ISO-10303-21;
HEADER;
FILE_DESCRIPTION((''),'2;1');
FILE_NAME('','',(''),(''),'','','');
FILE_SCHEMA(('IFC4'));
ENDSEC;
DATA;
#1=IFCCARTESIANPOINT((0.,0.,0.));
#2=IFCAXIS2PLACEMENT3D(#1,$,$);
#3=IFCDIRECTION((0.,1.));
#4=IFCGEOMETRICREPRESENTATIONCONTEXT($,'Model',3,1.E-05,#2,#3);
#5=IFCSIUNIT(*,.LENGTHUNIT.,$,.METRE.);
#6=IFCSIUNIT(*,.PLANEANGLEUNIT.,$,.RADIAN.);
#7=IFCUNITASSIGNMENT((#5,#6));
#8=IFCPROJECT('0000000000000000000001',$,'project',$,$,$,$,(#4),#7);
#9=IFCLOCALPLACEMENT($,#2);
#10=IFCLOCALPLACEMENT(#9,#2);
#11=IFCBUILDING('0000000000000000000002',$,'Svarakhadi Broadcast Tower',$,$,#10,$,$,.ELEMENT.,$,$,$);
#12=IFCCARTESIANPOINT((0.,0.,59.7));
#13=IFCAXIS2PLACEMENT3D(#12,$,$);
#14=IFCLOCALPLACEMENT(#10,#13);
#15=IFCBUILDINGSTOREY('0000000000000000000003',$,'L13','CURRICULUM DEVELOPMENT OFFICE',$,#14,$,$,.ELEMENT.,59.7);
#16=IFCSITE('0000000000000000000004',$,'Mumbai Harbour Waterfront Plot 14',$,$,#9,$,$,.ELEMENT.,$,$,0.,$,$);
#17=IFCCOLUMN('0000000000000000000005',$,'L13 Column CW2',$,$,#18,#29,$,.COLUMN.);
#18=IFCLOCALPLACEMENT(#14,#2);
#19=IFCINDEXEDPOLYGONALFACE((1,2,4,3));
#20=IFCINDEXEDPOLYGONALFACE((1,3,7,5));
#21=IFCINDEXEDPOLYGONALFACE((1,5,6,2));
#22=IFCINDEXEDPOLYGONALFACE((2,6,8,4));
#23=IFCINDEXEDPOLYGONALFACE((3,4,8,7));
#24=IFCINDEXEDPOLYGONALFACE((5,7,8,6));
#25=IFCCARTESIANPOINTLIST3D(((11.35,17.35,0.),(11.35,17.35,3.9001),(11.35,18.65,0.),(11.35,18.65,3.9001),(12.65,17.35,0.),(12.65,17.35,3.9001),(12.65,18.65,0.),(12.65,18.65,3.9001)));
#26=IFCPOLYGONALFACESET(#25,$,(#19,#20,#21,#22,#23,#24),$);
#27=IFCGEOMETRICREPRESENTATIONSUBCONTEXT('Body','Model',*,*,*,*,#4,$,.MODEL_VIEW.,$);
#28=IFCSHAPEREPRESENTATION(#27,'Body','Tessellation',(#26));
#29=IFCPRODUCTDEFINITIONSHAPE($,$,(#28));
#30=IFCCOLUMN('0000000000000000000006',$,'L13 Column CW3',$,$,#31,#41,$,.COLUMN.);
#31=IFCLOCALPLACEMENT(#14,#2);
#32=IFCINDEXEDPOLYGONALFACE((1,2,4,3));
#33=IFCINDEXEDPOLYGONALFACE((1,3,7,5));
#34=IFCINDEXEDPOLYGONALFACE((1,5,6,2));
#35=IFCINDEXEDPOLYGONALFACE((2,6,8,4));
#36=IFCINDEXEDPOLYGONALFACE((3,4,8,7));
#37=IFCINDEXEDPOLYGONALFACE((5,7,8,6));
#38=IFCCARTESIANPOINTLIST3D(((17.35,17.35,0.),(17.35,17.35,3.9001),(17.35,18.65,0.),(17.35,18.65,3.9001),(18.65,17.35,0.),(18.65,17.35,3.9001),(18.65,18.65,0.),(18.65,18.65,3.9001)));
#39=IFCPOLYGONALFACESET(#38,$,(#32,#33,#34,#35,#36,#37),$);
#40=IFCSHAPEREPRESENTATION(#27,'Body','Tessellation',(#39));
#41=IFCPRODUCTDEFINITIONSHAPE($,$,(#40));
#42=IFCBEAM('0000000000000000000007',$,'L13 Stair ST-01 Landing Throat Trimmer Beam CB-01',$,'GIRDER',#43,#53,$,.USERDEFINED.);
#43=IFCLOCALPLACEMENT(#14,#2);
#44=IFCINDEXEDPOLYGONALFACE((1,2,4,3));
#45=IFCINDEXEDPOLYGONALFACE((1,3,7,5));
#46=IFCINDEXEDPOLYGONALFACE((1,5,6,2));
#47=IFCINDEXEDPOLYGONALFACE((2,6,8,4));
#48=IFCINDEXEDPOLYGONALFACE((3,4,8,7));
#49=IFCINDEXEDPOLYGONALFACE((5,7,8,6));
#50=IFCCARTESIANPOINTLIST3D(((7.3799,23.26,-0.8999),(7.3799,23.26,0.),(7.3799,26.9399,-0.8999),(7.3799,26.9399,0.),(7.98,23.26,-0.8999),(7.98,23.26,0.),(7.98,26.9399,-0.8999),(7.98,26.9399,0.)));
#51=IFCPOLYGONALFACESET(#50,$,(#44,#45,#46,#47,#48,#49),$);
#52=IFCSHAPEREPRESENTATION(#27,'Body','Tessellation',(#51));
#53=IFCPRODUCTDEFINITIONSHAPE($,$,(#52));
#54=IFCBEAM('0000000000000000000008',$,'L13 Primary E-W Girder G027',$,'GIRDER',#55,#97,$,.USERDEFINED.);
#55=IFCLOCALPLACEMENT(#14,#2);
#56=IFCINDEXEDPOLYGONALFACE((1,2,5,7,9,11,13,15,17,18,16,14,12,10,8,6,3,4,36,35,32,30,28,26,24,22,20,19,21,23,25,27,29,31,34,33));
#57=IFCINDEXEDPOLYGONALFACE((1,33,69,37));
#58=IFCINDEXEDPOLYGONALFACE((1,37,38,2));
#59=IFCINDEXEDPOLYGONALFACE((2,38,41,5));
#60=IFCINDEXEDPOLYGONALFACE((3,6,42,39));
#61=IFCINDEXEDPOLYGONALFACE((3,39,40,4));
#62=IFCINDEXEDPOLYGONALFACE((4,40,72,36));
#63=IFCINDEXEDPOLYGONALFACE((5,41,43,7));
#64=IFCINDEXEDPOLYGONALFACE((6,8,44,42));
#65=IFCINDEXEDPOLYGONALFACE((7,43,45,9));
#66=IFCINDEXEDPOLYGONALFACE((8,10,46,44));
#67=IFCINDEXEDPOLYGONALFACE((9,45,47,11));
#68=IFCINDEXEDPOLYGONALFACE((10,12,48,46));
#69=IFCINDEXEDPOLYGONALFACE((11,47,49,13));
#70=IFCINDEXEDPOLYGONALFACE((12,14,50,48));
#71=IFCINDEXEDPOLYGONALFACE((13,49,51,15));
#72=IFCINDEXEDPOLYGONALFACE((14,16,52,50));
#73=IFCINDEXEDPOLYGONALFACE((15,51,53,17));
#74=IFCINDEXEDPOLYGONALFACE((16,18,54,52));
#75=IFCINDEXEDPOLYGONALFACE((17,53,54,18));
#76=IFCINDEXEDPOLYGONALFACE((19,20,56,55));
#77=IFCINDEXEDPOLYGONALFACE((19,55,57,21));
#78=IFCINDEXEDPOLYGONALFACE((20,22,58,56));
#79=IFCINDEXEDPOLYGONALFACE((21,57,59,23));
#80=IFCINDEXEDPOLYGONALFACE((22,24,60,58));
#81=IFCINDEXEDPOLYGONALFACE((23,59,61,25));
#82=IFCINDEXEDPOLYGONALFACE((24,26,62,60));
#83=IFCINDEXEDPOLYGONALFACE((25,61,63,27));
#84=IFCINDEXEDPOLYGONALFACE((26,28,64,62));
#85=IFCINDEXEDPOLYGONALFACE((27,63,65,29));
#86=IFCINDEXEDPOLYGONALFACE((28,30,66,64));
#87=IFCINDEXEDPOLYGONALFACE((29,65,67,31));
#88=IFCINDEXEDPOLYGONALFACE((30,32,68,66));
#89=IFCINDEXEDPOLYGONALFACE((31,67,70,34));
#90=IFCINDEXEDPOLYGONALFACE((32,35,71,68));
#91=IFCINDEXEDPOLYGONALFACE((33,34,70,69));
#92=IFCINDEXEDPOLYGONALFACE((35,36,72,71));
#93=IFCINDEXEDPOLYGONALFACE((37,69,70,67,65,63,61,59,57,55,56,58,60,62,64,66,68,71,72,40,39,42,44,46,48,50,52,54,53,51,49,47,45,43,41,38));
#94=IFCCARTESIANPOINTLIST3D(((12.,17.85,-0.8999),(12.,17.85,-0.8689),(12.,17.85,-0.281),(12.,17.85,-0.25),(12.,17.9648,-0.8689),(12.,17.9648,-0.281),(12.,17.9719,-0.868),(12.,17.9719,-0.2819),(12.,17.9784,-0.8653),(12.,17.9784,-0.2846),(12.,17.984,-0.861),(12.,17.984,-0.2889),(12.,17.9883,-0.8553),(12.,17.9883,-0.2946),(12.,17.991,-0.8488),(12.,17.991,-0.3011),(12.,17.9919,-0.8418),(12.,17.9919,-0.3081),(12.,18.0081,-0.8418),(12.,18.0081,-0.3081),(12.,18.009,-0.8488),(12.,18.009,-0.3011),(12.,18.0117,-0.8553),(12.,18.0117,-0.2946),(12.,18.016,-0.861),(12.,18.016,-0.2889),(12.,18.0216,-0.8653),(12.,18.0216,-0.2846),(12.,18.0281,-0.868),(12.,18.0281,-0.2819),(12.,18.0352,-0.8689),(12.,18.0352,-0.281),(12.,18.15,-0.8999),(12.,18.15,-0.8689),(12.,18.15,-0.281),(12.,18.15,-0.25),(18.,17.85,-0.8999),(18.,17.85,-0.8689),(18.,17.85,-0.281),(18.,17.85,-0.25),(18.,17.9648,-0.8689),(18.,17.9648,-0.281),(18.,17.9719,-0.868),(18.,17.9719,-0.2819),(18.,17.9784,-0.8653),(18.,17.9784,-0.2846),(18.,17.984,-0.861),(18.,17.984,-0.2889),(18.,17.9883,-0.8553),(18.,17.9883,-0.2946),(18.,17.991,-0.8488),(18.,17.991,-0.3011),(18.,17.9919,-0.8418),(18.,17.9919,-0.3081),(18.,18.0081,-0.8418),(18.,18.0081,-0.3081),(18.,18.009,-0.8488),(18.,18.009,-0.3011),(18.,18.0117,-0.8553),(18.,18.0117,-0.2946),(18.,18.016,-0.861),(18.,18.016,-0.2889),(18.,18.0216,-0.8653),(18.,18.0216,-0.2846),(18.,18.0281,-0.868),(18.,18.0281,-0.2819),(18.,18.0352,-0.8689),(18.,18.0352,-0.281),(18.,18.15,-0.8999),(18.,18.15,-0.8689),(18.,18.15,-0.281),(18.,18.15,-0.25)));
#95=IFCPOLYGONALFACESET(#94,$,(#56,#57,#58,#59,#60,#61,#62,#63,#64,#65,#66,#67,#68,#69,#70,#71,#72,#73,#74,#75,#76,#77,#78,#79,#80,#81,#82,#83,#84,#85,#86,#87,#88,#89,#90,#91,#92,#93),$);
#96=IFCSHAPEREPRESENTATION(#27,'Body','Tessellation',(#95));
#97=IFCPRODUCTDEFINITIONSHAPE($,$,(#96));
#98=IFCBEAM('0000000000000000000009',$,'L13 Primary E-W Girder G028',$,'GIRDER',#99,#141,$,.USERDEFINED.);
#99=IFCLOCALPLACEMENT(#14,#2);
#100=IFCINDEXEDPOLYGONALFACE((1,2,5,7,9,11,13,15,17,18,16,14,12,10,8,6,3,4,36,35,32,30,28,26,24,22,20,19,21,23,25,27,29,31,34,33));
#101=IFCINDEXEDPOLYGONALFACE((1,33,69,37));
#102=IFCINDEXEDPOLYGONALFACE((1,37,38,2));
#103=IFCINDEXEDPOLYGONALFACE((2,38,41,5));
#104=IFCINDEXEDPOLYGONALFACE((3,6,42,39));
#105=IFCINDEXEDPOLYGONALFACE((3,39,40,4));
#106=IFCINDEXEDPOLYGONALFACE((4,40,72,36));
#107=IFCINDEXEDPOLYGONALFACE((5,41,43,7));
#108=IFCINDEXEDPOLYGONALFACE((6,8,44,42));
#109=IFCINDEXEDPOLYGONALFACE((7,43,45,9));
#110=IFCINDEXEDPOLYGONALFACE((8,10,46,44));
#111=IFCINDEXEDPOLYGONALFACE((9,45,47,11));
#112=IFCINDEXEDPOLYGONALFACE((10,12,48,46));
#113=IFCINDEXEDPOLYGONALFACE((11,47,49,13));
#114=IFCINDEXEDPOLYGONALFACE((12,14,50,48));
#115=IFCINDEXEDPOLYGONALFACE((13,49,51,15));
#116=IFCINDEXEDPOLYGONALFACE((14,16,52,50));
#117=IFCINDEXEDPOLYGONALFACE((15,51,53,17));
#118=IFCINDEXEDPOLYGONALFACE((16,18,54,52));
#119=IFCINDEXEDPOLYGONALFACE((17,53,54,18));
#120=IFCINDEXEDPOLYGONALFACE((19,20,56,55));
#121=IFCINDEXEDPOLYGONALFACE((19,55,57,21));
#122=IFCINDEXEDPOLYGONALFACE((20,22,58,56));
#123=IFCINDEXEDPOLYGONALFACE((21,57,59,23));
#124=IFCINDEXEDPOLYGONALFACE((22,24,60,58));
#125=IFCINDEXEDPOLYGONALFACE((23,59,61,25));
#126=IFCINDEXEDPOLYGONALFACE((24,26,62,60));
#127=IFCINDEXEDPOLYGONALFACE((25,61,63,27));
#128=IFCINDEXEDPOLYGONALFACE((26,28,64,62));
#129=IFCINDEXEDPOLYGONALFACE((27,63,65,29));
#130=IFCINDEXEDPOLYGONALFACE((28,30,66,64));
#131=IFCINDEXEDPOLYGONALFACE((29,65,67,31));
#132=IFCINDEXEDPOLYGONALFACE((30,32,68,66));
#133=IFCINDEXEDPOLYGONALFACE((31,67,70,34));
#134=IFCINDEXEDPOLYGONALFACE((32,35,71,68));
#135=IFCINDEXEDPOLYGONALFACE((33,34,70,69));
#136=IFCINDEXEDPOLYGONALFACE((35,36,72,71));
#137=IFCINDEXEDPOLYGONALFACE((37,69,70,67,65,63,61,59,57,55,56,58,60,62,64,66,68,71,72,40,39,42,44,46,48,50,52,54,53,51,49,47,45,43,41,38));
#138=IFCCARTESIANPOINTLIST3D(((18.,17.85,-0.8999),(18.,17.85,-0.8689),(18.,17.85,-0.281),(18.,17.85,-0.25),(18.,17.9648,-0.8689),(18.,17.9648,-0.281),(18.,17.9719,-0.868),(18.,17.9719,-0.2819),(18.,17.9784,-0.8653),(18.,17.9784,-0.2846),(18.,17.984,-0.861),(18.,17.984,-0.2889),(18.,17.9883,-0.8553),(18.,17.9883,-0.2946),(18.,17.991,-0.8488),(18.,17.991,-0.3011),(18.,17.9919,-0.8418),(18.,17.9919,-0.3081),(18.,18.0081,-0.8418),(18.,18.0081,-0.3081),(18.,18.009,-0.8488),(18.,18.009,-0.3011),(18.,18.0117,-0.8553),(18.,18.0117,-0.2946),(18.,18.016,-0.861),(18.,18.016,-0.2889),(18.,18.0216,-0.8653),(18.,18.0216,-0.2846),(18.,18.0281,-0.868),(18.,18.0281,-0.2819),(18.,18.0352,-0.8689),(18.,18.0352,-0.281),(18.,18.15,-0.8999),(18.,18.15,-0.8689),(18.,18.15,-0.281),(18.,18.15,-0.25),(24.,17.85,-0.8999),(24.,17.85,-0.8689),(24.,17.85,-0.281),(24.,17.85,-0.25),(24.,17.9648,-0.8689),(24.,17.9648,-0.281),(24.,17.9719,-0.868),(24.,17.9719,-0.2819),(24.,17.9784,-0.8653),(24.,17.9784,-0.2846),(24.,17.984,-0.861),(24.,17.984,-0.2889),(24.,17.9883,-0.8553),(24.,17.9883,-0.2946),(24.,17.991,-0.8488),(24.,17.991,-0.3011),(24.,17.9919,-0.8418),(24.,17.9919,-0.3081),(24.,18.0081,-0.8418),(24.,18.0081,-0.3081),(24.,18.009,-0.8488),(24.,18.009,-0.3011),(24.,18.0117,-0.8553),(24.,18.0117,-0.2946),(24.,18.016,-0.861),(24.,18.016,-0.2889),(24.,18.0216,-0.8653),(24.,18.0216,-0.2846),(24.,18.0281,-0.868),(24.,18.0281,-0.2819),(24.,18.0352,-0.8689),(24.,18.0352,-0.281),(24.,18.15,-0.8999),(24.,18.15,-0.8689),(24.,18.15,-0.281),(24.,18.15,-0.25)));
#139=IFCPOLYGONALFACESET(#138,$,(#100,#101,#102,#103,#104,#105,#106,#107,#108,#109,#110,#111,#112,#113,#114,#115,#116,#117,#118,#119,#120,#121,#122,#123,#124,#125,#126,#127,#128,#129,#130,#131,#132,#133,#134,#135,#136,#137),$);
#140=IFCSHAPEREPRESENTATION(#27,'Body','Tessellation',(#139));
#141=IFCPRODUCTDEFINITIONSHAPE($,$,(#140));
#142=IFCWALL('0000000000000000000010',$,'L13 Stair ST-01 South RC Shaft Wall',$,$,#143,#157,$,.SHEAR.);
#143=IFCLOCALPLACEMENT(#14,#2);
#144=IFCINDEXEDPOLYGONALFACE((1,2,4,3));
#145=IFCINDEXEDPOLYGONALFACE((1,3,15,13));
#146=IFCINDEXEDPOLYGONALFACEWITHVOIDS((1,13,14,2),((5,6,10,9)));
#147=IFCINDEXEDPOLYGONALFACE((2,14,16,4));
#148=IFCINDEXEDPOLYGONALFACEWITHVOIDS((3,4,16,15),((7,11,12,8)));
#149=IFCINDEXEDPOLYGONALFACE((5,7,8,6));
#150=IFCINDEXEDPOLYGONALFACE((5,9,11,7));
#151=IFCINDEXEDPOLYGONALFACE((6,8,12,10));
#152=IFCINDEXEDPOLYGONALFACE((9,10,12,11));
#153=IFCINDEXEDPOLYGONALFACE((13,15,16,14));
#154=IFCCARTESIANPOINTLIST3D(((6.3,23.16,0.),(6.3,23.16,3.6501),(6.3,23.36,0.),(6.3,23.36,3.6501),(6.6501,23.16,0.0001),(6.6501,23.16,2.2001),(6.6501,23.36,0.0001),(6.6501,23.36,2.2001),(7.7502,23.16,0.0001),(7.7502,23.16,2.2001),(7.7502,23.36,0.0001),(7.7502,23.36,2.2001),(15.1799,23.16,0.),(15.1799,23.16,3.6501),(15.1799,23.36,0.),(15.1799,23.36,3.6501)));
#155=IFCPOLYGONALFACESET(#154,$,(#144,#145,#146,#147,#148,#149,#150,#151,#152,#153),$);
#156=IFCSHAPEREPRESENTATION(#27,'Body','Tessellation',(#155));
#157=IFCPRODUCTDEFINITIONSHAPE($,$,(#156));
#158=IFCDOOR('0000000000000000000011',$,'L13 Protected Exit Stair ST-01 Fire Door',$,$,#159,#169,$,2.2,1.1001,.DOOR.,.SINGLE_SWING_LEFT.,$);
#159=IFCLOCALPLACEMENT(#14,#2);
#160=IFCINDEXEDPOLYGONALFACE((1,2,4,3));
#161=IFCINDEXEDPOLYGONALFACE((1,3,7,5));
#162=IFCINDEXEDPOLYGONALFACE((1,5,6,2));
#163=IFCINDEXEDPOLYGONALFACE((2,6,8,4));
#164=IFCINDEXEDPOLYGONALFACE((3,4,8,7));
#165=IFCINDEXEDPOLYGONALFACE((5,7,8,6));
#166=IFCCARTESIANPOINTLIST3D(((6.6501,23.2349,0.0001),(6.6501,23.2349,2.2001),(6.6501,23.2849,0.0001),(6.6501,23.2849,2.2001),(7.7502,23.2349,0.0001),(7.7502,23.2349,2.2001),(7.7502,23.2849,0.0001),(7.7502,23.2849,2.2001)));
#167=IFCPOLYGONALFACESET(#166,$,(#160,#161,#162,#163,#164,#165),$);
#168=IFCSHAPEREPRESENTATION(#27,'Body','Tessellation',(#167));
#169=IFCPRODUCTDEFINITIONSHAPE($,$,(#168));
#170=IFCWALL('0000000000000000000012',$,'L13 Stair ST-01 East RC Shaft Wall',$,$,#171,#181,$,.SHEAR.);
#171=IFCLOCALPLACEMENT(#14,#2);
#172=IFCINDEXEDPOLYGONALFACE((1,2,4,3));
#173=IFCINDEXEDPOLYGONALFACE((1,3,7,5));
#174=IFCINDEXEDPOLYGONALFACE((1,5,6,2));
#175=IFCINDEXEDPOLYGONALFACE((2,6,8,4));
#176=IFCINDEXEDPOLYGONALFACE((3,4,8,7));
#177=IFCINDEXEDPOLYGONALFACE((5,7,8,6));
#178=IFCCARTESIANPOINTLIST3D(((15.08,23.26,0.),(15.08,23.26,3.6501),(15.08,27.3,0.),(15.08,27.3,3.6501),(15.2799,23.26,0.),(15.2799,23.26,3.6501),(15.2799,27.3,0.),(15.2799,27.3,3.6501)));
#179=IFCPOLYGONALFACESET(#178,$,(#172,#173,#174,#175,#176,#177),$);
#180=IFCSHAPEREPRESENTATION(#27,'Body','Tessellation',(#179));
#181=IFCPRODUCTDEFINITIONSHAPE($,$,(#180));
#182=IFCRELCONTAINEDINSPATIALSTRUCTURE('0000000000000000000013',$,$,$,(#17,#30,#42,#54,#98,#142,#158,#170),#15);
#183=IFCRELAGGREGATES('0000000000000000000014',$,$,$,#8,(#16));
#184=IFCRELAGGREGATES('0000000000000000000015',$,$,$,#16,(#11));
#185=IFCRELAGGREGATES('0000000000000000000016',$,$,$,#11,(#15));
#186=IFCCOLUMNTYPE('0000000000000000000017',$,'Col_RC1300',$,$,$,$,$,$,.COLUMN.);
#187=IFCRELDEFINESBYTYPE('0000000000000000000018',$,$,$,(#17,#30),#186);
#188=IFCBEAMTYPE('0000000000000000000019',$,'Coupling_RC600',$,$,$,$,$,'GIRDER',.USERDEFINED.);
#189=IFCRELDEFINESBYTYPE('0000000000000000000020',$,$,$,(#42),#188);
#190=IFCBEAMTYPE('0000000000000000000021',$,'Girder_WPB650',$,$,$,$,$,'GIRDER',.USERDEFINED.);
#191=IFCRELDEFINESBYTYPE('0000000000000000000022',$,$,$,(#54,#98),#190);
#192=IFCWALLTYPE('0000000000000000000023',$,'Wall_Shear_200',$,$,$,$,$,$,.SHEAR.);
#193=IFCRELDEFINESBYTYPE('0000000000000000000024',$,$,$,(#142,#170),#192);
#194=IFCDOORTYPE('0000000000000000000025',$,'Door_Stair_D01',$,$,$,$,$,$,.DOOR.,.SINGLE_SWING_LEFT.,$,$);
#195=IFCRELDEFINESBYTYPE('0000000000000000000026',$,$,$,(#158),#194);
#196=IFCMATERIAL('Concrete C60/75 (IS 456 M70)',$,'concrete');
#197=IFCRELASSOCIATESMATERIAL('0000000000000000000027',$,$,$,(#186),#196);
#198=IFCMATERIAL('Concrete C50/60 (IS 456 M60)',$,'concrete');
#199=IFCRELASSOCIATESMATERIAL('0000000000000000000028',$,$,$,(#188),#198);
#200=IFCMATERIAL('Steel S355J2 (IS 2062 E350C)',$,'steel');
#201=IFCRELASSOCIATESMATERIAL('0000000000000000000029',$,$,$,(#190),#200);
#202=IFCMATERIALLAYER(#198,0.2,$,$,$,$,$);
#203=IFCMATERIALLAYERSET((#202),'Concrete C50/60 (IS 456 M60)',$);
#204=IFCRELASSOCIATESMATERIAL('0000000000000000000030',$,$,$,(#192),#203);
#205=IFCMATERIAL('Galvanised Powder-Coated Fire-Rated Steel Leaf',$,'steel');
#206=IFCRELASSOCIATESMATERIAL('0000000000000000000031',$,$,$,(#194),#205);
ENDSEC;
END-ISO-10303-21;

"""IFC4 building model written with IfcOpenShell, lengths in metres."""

from ifc_helpers import new_model, si_unit, direction, frame, frame_2d, origin, origin_2d, place, context, subcontext, project, spatial, rectangle, i_section, extrude, material, layer, layer_set, material_profile, profile_set, type_object, element, fill, save


model = new_model("IFC4")

# Units and contexts
model_context = context("Model", 3, precision=1e-05, world=origin(), true_north=direction((0.0, 1.0)))
body_context = subcontext(model_context, "Body", "Model", "MODEL_VIEW")
ifc_project = project(units=[si_unit("LENGTHUNIT", "METRE"), si_unit("PLANEANGLEUNIT", "RADIAN")], contexts=[model_context])

# Site, building, storey
site_placement = place(None, origin())
site = spatial("IfcSite", under=ifc_project, at=site_placement, Name="Mumbai Harbour Waterfront Plot 14", CompositionType="ELEMENT", RefElevation=0.0)
building_placement = place(site_placement, origin())
building = spatial("IfcBuilding", under=site, at=building_placement, Name="Svarakhadi Broadcast Tower", CompositionType="ELEMENT")
storey_placement = place(building_placement, frame((0.0, 0.0, 59.7)))
storey = spatial("IfcBuildingStorey", under=building, at=storey_placement, Name="L13", Description="CURRICULUM DEVELOPMENT OFFICE", CompositionType="ELEMENT", Elevation=59.7)

# Columns
ifc_material_1 = material(Name="Concrete C60/75 (IS 456 M70)", Category="concrete")
ifc_material_profile_1 = material_profile(ifc_material_1, rectangle(XDim=1.3, YDim=1.3, at=origin_2d()), Name="RC 1300x1300")
ifc_profile_set_1 = profile_set([ifc_material_profile_1], Name="Concrete C60/75 (IS 456 M70)")
column_type = type_object("IfcColumnType", Name="Col_RC1300", PredefinedType="COLUMN", material=ifc_profile_set_1)
for number, where, z_axis, x_axis, name in (
    (1, (12.0, 18.0, 0.0), (0.0, 0.0, 1.0), (1.0, 0.0, 0.0), "L13 Column CW2"),
    (2, (18.0, 18.0, 0.0), (0.0, 0.0, 1.0), (1.0, 0.0, 0.0), "L13 Column CW3"),
):
    element("IfcColumn", number, at=place(storey_placement, frame(where, z_axis=z_axis, x_axis=x_axis)), inside=storey, type_object=column_type, Name=name, PredefinedType="COLUMN", context=body_context, shape_type="SweptSolid", body=[
        extrude(rectangle(XDim=1.3, YDim=1.3, at=origin_2d()), origin(), (0.0, 0.0, 1.0), 3.9001),
    ])

# Beams
ifc_material_2 = material(Name="Concrete C50/60 (IS 456 M60)", Category="concrete")
ifc_material_profile_2 = material_profile(ifc_material_2, rectangle(XDim=0.6001, YDim=0.8999, at=origin_2d()), Name="RC 600x900")
ifc_profile_set_2 = profile_set([ifc_material_profile_2], Name="Concrete C50/60 (IS 456 M60)")
beam_type_1 = type_object("IfcBeamType", Name="Coupling_RC600", ElementType="GIRDER", PredefinedType="USERDEFINED", material=ifc_profile_set_2)
beam_placement = place(storey_placement, frame((7.6799, 23.26, -0.45), z_axis=(0.0, 1.0, 0.0), x_axis=(-1.0, 0.0, 0.0)))
element("IfcBeam", 3, at=beam_placement, inside=storey, type_object=beam_type_1, Name="L13 Stair ST-01 Landing Throat Trimmer Beam CB-01", ObjectType="GIRDER", PredefinedType="USERDEFINED", context=body_context, shape_type="SweptSolid", body=[
    extrude(rectangle(XDim=0.6001, YDim=0.8999, at=origin_2d()), origin(), (0.0, 0.0, 1.0), 3.6799),
])
ifc_material_3 = material(Name="Steel S355J2 (IS 2062 E350C)", Category="steel")
ifc_material_profile_3 = material_profile(ifc_material_3, i_section(OverallWidth=0.3, OverallDepth=0.6499, WebThickness=0.0161, FlangeThickness=0.031, FilletRadius=0.0271, at=origin_2d()), Name="WPB 650x300x225")
ifc_profile_set_3 = profile_set([ifc_material_profile_3], Name="Steel S355J2 (IS 2062 E350C)")
beam_type_2 = type_object("IfcBeamType", Name="Girder_WPB650", ElementType="GIRDER", PredefinedType="USERDEFINED", material=ifc_profile_set_3)
for number, where, z_axis, x_axis, name in (
    (4, (12.0, 18.0, -0.575), (1.0, 0.0, 0.0), (0.0, 1.0, 0.0), "L13 Primary E-W Girder G027"),
    (5, (18.0, 18.0, -0.575), (1.0, 0.0, 0.0), (0.0, 1.0, 0.0), "L13 Primary E-W Girder G028"),
):
    element("IfcBeam", number, at=place(storey_placement, frame(where, z_axis=z_axis, x_axis=x_axis)), inside=storey, type_object=beam_type_2, Name=name, ObjectType="GIRDER", PredefinedType="USERDEFINED", context=body_context, shape_type="SweptSolid", body=[
        extrude(i_section(OverallWidth=0.3, OverallDepth=0.6499, WebThickness=0.0161, FlangeThickness=0.031, FilletRadius=0.0271, at=origin_2d()), origin(), (0.0, 0.0, 1.0), 6.0),
    ])

# Wall, opening, door
ifc_layer_1 = layer(ifc_material_2, 0.2)
ifc_layer_set_1 = layer_set([ifc_layer_1], Name="Concrete C50/60 (IS 456 M60)")
wall_type_1 = type_object("IfcWallType", Name="Wall_Shear_200", PredefinedType="SHEAR", material=ifc_layer_set_1)
wall_1_placement = place(storey_placement, frame((6.3, 23.26, 0.0), z_axis=(0.0, 0.0, 1.0), x_axis=(1.0, 0.0, 0.0)))
wall_1 = element("IfcWall", 6, at=wall_1_placement, inside=storey, type_object=wall_type_1, Name="L13 Stair ST-01 South RC Shaft Wall", PredefinedType="SHEAR", context=body_context, shape_type="SweptSolid", body=[
    extrude(rectangle(XDim=8.8799, YDim=0.2, at=frame_2d((4.4399, 0.0))), origin(), (0.0, 0.0, 1.0), 3.6501),
])
opening_1_placement = place(wall_1_placement, frame((0.3501, 0.0, 0.0)))
opening_1 = element("IfcOpeningElement", 7, at=opening_1_placement, cuts=wall_1, PredefinedType="OPENING", context=body_context, shape_type="SweptSolid", body=[
    extrude(rectangle(XDim=1.1001, YDim=2.2, at=frame_2d((0.55, 1.1001))), frame((0.0, 0.1099, 0.0), z_axis=(0.0, -1.0, 0.0), x_axis=(1.0, 0.0, 0.0)), (0.0, 0.0, 1.0), 0.22),
])
ifc_material_4 = material(Name="Galvanised Powder-Coated Fire-Rated Steel Leaf", Category="steel")
door_type_1 = type_object("IfcDoorType", Name="Door_Stair_D01", OperationType="SINGLE_SWING_LEFT", PredefinedType="DOOR", material=ifc_material_4)
door_1_placement = place(opening_1_placement, origin())
door_1 = element("IfcDoor", 8, at=door_1_placement, inside=storey, type_object=door_type_1, Name="L13 Protected Exit Stair ST-01 Fire Door", OperationType="SINGLE_SWING_LEFT", OverallHeight=2.2, OverallWidth=1.1001, PredefinedType="DOOR", context=body_context, shape_type="SweptSolid", body=[
    extrude(rectangle(XDim=1.1001, YDim=2.2, at=frame_2d((0.55, 1.1001))), frame((0.0, 0.0249, 0.0), z_axis=(0.0, -1.0, 0.0), x_axis=(1.0, 0.0, 0.0)), (0.0, 0.0, 1.0), 0.05),
])
fill(opening_1, door_1)

# Wall
wall_2_placement = place(storey_placement, frame((15.1799, 23.26, 0.0), z_axis=(0.0, 0.0, 1.0), x_axis=(0.0, 1.0, 0.0)))
element("IfcWall", 9, at=wall_2_placement, inside=storey, type_object=wall_type_1, Name="L13 Stair ST-01 East RC Shaft Wall", PredefinedType="SHEAR", context=body_context, shape_type="SweptSolid", body=[
    extrude(rectangle(XDim=4.04, YDim=0.2, at=frame_2d((2.02, 0.0))), origin(), (0.0, 0.0, 1.0), 3.6501),
])

save(model, "model.ifc")
